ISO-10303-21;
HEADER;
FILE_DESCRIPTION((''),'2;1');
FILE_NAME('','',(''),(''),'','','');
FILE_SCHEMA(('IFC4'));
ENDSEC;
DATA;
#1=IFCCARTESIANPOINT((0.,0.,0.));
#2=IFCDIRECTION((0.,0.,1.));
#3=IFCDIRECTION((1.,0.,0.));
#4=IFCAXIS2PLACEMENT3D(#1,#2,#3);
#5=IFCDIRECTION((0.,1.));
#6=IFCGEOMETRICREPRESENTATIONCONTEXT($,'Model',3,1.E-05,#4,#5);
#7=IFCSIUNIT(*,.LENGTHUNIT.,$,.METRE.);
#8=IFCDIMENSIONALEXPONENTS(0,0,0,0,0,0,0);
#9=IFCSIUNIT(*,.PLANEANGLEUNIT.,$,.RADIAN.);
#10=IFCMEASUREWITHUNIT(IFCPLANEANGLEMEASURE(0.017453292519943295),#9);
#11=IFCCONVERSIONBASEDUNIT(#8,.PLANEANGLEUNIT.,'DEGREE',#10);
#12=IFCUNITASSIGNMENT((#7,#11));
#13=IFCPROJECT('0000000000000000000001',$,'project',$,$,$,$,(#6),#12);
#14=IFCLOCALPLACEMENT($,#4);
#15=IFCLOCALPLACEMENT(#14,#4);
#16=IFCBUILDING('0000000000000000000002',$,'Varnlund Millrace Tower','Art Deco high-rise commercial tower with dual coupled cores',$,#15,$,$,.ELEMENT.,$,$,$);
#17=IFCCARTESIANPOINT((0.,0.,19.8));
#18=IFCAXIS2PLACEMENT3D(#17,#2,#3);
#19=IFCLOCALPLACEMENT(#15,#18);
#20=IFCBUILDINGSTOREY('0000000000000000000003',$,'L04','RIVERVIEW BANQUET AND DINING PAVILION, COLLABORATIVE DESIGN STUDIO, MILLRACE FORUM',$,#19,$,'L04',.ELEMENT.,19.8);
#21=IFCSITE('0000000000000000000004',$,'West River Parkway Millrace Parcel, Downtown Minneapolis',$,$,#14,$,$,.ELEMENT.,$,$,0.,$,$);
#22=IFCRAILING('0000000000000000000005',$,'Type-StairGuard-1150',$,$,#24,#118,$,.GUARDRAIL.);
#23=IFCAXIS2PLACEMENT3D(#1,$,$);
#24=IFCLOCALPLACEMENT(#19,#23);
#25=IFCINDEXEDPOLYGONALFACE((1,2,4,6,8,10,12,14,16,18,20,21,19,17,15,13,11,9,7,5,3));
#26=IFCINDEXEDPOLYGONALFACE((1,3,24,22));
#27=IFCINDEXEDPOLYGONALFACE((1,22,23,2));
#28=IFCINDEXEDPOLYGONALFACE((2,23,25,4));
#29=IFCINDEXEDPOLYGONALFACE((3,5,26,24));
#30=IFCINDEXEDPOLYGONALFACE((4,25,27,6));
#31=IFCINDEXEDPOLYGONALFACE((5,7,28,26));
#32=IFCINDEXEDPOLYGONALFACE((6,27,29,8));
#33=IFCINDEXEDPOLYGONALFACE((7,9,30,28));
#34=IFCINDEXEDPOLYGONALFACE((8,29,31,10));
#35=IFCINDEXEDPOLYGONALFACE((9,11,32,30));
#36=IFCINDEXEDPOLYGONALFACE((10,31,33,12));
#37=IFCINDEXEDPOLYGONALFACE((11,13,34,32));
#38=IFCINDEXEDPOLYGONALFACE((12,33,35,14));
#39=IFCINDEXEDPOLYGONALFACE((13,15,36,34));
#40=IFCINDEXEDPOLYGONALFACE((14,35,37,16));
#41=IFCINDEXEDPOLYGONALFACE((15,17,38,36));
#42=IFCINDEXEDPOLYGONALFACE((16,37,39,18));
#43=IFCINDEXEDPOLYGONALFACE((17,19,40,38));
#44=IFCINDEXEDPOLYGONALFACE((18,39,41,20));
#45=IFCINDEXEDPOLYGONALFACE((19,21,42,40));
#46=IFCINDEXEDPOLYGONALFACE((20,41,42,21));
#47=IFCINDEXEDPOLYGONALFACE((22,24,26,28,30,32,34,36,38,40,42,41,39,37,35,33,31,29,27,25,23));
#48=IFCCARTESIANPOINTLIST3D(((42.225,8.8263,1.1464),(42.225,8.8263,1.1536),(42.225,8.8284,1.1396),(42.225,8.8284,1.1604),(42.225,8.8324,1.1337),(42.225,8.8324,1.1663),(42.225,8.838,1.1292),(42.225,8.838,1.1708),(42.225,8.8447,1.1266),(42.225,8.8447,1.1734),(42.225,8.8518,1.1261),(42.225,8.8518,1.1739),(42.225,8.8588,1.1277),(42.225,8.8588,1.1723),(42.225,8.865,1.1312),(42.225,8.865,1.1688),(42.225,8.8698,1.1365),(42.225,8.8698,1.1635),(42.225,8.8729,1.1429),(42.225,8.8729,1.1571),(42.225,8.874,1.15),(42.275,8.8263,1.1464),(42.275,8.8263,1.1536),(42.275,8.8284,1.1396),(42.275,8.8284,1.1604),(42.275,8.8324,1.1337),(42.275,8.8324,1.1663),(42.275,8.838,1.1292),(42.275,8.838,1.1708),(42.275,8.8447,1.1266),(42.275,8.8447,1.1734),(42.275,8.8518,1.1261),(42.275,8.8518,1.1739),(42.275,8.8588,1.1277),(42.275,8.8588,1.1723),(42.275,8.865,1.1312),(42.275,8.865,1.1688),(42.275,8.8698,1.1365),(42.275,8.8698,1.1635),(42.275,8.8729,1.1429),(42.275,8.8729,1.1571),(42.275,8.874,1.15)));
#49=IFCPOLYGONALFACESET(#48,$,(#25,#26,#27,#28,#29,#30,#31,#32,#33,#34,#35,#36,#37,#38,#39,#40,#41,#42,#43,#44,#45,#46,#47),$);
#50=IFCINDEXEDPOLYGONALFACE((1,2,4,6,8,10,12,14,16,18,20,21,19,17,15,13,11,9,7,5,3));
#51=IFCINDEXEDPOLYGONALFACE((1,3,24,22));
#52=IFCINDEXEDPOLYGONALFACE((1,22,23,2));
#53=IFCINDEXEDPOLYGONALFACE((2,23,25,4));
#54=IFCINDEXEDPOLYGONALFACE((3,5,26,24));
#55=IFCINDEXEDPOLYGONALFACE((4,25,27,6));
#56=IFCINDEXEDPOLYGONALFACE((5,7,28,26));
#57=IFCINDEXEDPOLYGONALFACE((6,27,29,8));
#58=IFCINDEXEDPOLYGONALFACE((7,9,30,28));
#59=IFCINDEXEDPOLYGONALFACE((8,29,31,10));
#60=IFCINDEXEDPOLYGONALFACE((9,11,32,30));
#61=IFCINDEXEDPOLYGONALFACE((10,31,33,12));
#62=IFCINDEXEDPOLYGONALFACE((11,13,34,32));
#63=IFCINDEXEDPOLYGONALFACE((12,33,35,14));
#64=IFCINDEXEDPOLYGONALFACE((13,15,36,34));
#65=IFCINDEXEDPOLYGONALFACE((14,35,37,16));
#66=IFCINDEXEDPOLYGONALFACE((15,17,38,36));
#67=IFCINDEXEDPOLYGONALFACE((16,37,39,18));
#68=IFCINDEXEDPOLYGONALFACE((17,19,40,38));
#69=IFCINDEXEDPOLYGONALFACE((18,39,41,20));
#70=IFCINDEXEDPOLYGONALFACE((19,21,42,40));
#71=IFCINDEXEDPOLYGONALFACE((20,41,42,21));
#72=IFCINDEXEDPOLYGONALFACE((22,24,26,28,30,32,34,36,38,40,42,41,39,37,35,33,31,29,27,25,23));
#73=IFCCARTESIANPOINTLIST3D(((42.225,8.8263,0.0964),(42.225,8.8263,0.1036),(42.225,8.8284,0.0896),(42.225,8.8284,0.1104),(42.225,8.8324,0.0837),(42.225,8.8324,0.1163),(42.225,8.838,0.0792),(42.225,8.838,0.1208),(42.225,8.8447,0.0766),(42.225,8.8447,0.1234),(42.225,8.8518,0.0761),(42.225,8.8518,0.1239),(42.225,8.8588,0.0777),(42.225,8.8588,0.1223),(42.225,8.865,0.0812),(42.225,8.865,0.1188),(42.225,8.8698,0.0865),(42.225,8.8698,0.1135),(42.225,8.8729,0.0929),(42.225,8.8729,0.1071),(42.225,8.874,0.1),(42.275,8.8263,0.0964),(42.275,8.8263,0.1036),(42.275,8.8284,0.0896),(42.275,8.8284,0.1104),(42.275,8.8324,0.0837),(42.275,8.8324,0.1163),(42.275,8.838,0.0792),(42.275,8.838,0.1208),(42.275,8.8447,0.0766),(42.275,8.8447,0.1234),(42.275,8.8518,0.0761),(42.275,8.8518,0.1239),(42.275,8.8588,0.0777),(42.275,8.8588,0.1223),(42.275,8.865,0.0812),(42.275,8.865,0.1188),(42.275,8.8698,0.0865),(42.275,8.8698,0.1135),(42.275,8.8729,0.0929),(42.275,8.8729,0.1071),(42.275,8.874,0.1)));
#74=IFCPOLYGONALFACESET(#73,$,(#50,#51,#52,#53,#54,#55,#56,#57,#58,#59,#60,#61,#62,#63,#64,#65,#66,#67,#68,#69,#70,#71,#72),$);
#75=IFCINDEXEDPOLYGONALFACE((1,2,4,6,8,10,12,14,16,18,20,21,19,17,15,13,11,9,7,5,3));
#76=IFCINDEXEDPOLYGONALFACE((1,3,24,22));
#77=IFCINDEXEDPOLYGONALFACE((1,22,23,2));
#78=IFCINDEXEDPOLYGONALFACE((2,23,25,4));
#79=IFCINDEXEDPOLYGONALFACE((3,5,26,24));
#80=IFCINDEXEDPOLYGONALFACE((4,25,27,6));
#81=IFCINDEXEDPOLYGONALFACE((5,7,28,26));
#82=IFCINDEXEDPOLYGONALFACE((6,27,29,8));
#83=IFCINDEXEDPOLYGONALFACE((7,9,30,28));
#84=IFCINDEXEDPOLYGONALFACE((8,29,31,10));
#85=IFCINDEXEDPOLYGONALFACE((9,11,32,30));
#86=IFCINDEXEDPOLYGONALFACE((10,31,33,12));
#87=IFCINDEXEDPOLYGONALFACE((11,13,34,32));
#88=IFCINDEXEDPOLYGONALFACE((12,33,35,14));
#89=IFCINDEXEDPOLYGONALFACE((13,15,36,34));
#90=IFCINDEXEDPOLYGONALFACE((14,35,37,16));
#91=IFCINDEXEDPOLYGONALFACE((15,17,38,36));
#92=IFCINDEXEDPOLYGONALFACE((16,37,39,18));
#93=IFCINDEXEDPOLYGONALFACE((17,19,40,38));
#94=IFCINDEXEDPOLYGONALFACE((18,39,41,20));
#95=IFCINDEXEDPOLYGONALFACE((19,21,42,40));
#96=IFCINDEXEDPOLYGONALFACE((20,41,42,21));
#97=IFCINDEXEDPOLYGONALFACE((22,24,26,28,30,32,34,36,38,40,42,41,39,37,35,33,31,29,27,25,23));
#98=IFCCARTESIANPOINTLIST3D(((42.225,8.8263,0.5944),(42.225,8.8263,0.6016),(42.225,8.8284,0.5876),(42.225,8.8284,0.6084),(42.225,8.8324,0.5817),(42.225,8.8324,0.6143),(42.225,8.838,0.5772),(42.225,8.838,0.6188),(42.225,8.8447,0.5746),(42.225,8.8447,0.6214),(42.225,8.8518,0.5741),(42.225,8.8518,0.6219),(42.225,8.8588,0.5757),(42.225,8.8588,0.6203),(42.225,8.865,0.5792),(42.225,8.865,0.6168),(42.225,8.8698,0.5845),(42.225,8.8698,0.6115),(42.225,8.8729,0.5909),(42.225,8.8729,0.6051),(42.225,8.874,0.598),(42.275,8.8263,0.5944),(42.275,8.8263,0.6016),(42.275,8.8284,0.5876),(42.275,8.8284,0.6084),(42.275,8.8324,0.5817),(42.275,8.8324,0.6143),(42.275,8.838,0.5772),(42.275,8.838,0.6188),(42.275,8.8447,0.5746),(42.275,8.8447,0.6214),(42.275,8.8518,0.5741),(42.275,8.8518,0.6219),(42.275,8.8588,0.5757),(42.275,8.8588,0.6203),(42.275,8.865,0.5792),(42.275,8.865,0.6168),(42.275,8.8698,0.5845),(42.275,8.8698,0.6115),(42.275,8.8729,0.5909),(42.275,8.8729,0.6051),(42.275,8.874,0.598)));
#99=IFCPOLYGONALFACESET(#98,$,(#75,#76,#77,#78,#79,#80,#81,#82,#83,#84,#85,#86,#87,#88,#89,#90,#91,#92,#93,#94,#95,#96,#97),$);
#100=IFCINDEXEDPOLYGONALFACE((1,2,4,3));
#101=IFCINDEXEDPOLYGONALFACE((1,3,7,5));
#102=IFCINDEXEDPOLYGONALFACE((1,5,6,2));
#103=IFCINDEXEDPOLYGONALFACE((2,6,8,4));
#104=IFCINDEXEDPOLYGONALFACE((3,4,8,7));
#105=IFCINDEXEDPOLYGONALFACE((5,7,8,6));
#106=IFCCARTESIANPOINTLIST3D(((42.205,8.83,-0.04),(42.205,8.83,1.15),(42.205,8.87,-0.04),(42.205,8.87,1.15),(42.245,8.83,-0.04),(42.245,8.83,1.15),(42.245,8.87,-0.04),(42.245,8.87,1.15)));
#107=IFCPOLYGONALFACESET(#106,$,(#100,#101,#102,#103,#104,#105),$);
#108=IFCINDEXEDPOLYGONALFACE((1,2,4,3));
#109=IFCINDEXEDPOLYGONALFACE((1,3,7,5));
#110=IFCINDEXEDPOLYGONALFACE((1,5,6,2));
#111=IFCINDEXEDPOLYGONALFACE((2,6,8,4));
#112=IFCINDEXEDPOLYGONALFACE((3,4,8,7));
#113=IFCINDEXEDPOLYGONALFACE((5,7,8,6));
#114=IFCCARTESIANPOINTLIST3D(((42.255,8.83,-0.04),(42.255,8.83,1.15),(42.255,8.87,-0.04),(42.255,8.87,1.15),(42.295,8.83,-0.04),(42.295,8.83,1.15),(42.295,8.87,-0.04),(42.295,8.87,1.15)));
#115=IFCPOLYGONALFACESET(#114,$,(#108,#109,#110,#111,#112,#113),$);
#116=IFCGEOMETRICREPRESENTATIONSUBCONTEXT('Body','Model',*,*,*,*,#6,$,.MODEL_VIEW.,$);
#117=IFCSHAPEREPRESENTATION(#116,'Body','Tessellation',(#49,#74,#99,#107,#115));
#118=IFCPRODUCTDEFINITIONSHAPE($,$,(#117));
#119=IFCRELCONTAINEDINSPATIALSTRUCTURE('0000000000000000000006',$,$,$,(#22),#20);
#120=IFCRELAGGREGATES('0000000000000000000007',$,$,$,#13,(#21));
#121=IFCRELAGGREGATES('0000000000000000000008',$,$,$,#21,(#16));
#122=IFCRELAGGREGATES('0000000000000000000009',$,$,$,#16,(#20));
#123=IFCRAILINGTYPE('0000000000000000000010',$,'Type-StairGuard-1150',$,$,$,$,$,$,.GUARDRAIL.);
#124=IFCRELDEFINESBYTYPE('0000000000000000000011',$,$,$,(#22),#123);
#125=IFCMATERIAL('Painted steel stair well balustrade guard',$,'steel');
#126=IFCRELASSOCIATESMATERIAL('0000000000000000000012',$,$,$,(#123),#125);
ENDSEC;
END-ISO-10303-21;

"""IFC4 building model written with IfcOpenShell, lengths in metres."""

from ifc_helpers import new_model, entity, si_unit, converted_unit, direction, frame, origin_with_axes, origin_2d_with_axis, place, context, subcontext, project, spatial, rectangle, circle, extrude, material, type_object, element, save


model = new_model("IFC4")

# Units and contexts
model_context = context("Model", 3, precision=1e-05, world=origin_with_axes(), true_north=direction((0.0, 1.0)))
body_context = subcontext(model_context, "Body", "Model", "MODEL_VIEW")
ifc_project = project(units=[si_unit("LENGTHUNIT", "METRE"), converted_unit("PLANEANGLEUNIT", "DEGREE", entity("IfcPlaneAngleMeasure", 0.017453292519943295), si_unit("PLANEANGLEUNIT", "RADIAN"), dimensions=[0, 0, 0, 0, 0, 0, 0])], contexts=[model_context])

# Site, building, storey
site_placement = place(None, origin_with_axes())
site = spatial("IfcSite", under=ifc_project, at=site_placement, Name="West River Parkway Millrace Parcel, Downtown Minneapolis", CompositionType="ELEMENT", RefElevation=0.0)
building_placement = place(site_placement, origin_with_axes())
building = spatial("IfcBuilding", under=site, at=building_placement, Name="Varnlund Millrace Tower", Description="Art Deco high-rise commercial tower with dual coupled cores", CompositionType="ELEMENT")
storey_placement = place(building_placement, frame((0.0, 0.0, 19.8), z_axis=(0.0, 0.0, 1.0), x_axis=(1.0, 0.0, 0.0)))
storey = spatial("IfcBuildingStorey", under=building, at=storey_placement, Name="L04", Description="RIVERVIEW BANQUET AND DINING PAVILION, COLLABORATIVE DESIGN STUDIO, MILLRACE FORUM", LongName="L04", CompositionType="ELEMENT", Elevation=19.8)

# Railing
ifc_material_1 = material(Name="Painted steel stair well balustrade guard", Category="steel")
railing_type_1 = type_object("IfcRailingType", Name="Type-StairGuard-1150", PredefinedType="GUARDRAIL", material=ifc_material_1)
railing_1_placement = place(storey_placement, frame((0.0, 0.0, -19.8), z_axis=(0.0, 0.0, 1.0), x_axis=(1.0, 0.0, 0.0)))
element("IfcRailing", 1, at=railing_1_placement, inside=storey, type_object=railing_type_1, Name="Type-StairGuard-1150", PredefinedType="GUARDRAIL", context=body_context, shape_type="SweptSolid", body=[
    extrude(circle(Radius=0.024, at=origin_2d_with_axis()), frame((42.225, 8.85, 20.95), z_axis=(1.0, 0.0, 0.0), x_axis=(0.0, 1.0, 0.0)), (0.0, 0.0, 1.0), 0.05),
    extrude(circle(Radius=0.024, at=origin_2d_with_axis()), frame((42.225, 8.85, 19.9), z_axis=(1.0, 0.0, 0.0), x_axis=(0.0, 1.0, 0.0)), (0.0, 0.0, 1.0), 0.05),
    extrude(circle(Radius=0.024, at=origin_2d_with_axis()), frame((42.225, 8.85, 20.398), z_axis=(1.0, 0.0, 0.0), x_axis=(0.0, 1.0, 0.0)), (0.0, 0.0, 1.0), 0.05),
    extrude(rectangle(XDim=0.04, YDim=0.04, at=origin_2d_with_axis()), frame((42.225, 8.85, 19.76), z_axis=(0.0, 0.0, 1.0), x_axis=(1.0, 0.0, 0.0)), (0.0, 0.0, 1.0), 1.19),
    extrude(rectangle(XDim=0.04, YDim=0.04, at=origin_2d_with_axis()), frame((42.275, 8.85, 19.76), z_axis=(0.0, 0.0, 1.0), x_axis=(1.0, 0.0, 0.0)), (0.0, 0.0, 1.0), 1.19),
])

save(model, "model.ifc")
